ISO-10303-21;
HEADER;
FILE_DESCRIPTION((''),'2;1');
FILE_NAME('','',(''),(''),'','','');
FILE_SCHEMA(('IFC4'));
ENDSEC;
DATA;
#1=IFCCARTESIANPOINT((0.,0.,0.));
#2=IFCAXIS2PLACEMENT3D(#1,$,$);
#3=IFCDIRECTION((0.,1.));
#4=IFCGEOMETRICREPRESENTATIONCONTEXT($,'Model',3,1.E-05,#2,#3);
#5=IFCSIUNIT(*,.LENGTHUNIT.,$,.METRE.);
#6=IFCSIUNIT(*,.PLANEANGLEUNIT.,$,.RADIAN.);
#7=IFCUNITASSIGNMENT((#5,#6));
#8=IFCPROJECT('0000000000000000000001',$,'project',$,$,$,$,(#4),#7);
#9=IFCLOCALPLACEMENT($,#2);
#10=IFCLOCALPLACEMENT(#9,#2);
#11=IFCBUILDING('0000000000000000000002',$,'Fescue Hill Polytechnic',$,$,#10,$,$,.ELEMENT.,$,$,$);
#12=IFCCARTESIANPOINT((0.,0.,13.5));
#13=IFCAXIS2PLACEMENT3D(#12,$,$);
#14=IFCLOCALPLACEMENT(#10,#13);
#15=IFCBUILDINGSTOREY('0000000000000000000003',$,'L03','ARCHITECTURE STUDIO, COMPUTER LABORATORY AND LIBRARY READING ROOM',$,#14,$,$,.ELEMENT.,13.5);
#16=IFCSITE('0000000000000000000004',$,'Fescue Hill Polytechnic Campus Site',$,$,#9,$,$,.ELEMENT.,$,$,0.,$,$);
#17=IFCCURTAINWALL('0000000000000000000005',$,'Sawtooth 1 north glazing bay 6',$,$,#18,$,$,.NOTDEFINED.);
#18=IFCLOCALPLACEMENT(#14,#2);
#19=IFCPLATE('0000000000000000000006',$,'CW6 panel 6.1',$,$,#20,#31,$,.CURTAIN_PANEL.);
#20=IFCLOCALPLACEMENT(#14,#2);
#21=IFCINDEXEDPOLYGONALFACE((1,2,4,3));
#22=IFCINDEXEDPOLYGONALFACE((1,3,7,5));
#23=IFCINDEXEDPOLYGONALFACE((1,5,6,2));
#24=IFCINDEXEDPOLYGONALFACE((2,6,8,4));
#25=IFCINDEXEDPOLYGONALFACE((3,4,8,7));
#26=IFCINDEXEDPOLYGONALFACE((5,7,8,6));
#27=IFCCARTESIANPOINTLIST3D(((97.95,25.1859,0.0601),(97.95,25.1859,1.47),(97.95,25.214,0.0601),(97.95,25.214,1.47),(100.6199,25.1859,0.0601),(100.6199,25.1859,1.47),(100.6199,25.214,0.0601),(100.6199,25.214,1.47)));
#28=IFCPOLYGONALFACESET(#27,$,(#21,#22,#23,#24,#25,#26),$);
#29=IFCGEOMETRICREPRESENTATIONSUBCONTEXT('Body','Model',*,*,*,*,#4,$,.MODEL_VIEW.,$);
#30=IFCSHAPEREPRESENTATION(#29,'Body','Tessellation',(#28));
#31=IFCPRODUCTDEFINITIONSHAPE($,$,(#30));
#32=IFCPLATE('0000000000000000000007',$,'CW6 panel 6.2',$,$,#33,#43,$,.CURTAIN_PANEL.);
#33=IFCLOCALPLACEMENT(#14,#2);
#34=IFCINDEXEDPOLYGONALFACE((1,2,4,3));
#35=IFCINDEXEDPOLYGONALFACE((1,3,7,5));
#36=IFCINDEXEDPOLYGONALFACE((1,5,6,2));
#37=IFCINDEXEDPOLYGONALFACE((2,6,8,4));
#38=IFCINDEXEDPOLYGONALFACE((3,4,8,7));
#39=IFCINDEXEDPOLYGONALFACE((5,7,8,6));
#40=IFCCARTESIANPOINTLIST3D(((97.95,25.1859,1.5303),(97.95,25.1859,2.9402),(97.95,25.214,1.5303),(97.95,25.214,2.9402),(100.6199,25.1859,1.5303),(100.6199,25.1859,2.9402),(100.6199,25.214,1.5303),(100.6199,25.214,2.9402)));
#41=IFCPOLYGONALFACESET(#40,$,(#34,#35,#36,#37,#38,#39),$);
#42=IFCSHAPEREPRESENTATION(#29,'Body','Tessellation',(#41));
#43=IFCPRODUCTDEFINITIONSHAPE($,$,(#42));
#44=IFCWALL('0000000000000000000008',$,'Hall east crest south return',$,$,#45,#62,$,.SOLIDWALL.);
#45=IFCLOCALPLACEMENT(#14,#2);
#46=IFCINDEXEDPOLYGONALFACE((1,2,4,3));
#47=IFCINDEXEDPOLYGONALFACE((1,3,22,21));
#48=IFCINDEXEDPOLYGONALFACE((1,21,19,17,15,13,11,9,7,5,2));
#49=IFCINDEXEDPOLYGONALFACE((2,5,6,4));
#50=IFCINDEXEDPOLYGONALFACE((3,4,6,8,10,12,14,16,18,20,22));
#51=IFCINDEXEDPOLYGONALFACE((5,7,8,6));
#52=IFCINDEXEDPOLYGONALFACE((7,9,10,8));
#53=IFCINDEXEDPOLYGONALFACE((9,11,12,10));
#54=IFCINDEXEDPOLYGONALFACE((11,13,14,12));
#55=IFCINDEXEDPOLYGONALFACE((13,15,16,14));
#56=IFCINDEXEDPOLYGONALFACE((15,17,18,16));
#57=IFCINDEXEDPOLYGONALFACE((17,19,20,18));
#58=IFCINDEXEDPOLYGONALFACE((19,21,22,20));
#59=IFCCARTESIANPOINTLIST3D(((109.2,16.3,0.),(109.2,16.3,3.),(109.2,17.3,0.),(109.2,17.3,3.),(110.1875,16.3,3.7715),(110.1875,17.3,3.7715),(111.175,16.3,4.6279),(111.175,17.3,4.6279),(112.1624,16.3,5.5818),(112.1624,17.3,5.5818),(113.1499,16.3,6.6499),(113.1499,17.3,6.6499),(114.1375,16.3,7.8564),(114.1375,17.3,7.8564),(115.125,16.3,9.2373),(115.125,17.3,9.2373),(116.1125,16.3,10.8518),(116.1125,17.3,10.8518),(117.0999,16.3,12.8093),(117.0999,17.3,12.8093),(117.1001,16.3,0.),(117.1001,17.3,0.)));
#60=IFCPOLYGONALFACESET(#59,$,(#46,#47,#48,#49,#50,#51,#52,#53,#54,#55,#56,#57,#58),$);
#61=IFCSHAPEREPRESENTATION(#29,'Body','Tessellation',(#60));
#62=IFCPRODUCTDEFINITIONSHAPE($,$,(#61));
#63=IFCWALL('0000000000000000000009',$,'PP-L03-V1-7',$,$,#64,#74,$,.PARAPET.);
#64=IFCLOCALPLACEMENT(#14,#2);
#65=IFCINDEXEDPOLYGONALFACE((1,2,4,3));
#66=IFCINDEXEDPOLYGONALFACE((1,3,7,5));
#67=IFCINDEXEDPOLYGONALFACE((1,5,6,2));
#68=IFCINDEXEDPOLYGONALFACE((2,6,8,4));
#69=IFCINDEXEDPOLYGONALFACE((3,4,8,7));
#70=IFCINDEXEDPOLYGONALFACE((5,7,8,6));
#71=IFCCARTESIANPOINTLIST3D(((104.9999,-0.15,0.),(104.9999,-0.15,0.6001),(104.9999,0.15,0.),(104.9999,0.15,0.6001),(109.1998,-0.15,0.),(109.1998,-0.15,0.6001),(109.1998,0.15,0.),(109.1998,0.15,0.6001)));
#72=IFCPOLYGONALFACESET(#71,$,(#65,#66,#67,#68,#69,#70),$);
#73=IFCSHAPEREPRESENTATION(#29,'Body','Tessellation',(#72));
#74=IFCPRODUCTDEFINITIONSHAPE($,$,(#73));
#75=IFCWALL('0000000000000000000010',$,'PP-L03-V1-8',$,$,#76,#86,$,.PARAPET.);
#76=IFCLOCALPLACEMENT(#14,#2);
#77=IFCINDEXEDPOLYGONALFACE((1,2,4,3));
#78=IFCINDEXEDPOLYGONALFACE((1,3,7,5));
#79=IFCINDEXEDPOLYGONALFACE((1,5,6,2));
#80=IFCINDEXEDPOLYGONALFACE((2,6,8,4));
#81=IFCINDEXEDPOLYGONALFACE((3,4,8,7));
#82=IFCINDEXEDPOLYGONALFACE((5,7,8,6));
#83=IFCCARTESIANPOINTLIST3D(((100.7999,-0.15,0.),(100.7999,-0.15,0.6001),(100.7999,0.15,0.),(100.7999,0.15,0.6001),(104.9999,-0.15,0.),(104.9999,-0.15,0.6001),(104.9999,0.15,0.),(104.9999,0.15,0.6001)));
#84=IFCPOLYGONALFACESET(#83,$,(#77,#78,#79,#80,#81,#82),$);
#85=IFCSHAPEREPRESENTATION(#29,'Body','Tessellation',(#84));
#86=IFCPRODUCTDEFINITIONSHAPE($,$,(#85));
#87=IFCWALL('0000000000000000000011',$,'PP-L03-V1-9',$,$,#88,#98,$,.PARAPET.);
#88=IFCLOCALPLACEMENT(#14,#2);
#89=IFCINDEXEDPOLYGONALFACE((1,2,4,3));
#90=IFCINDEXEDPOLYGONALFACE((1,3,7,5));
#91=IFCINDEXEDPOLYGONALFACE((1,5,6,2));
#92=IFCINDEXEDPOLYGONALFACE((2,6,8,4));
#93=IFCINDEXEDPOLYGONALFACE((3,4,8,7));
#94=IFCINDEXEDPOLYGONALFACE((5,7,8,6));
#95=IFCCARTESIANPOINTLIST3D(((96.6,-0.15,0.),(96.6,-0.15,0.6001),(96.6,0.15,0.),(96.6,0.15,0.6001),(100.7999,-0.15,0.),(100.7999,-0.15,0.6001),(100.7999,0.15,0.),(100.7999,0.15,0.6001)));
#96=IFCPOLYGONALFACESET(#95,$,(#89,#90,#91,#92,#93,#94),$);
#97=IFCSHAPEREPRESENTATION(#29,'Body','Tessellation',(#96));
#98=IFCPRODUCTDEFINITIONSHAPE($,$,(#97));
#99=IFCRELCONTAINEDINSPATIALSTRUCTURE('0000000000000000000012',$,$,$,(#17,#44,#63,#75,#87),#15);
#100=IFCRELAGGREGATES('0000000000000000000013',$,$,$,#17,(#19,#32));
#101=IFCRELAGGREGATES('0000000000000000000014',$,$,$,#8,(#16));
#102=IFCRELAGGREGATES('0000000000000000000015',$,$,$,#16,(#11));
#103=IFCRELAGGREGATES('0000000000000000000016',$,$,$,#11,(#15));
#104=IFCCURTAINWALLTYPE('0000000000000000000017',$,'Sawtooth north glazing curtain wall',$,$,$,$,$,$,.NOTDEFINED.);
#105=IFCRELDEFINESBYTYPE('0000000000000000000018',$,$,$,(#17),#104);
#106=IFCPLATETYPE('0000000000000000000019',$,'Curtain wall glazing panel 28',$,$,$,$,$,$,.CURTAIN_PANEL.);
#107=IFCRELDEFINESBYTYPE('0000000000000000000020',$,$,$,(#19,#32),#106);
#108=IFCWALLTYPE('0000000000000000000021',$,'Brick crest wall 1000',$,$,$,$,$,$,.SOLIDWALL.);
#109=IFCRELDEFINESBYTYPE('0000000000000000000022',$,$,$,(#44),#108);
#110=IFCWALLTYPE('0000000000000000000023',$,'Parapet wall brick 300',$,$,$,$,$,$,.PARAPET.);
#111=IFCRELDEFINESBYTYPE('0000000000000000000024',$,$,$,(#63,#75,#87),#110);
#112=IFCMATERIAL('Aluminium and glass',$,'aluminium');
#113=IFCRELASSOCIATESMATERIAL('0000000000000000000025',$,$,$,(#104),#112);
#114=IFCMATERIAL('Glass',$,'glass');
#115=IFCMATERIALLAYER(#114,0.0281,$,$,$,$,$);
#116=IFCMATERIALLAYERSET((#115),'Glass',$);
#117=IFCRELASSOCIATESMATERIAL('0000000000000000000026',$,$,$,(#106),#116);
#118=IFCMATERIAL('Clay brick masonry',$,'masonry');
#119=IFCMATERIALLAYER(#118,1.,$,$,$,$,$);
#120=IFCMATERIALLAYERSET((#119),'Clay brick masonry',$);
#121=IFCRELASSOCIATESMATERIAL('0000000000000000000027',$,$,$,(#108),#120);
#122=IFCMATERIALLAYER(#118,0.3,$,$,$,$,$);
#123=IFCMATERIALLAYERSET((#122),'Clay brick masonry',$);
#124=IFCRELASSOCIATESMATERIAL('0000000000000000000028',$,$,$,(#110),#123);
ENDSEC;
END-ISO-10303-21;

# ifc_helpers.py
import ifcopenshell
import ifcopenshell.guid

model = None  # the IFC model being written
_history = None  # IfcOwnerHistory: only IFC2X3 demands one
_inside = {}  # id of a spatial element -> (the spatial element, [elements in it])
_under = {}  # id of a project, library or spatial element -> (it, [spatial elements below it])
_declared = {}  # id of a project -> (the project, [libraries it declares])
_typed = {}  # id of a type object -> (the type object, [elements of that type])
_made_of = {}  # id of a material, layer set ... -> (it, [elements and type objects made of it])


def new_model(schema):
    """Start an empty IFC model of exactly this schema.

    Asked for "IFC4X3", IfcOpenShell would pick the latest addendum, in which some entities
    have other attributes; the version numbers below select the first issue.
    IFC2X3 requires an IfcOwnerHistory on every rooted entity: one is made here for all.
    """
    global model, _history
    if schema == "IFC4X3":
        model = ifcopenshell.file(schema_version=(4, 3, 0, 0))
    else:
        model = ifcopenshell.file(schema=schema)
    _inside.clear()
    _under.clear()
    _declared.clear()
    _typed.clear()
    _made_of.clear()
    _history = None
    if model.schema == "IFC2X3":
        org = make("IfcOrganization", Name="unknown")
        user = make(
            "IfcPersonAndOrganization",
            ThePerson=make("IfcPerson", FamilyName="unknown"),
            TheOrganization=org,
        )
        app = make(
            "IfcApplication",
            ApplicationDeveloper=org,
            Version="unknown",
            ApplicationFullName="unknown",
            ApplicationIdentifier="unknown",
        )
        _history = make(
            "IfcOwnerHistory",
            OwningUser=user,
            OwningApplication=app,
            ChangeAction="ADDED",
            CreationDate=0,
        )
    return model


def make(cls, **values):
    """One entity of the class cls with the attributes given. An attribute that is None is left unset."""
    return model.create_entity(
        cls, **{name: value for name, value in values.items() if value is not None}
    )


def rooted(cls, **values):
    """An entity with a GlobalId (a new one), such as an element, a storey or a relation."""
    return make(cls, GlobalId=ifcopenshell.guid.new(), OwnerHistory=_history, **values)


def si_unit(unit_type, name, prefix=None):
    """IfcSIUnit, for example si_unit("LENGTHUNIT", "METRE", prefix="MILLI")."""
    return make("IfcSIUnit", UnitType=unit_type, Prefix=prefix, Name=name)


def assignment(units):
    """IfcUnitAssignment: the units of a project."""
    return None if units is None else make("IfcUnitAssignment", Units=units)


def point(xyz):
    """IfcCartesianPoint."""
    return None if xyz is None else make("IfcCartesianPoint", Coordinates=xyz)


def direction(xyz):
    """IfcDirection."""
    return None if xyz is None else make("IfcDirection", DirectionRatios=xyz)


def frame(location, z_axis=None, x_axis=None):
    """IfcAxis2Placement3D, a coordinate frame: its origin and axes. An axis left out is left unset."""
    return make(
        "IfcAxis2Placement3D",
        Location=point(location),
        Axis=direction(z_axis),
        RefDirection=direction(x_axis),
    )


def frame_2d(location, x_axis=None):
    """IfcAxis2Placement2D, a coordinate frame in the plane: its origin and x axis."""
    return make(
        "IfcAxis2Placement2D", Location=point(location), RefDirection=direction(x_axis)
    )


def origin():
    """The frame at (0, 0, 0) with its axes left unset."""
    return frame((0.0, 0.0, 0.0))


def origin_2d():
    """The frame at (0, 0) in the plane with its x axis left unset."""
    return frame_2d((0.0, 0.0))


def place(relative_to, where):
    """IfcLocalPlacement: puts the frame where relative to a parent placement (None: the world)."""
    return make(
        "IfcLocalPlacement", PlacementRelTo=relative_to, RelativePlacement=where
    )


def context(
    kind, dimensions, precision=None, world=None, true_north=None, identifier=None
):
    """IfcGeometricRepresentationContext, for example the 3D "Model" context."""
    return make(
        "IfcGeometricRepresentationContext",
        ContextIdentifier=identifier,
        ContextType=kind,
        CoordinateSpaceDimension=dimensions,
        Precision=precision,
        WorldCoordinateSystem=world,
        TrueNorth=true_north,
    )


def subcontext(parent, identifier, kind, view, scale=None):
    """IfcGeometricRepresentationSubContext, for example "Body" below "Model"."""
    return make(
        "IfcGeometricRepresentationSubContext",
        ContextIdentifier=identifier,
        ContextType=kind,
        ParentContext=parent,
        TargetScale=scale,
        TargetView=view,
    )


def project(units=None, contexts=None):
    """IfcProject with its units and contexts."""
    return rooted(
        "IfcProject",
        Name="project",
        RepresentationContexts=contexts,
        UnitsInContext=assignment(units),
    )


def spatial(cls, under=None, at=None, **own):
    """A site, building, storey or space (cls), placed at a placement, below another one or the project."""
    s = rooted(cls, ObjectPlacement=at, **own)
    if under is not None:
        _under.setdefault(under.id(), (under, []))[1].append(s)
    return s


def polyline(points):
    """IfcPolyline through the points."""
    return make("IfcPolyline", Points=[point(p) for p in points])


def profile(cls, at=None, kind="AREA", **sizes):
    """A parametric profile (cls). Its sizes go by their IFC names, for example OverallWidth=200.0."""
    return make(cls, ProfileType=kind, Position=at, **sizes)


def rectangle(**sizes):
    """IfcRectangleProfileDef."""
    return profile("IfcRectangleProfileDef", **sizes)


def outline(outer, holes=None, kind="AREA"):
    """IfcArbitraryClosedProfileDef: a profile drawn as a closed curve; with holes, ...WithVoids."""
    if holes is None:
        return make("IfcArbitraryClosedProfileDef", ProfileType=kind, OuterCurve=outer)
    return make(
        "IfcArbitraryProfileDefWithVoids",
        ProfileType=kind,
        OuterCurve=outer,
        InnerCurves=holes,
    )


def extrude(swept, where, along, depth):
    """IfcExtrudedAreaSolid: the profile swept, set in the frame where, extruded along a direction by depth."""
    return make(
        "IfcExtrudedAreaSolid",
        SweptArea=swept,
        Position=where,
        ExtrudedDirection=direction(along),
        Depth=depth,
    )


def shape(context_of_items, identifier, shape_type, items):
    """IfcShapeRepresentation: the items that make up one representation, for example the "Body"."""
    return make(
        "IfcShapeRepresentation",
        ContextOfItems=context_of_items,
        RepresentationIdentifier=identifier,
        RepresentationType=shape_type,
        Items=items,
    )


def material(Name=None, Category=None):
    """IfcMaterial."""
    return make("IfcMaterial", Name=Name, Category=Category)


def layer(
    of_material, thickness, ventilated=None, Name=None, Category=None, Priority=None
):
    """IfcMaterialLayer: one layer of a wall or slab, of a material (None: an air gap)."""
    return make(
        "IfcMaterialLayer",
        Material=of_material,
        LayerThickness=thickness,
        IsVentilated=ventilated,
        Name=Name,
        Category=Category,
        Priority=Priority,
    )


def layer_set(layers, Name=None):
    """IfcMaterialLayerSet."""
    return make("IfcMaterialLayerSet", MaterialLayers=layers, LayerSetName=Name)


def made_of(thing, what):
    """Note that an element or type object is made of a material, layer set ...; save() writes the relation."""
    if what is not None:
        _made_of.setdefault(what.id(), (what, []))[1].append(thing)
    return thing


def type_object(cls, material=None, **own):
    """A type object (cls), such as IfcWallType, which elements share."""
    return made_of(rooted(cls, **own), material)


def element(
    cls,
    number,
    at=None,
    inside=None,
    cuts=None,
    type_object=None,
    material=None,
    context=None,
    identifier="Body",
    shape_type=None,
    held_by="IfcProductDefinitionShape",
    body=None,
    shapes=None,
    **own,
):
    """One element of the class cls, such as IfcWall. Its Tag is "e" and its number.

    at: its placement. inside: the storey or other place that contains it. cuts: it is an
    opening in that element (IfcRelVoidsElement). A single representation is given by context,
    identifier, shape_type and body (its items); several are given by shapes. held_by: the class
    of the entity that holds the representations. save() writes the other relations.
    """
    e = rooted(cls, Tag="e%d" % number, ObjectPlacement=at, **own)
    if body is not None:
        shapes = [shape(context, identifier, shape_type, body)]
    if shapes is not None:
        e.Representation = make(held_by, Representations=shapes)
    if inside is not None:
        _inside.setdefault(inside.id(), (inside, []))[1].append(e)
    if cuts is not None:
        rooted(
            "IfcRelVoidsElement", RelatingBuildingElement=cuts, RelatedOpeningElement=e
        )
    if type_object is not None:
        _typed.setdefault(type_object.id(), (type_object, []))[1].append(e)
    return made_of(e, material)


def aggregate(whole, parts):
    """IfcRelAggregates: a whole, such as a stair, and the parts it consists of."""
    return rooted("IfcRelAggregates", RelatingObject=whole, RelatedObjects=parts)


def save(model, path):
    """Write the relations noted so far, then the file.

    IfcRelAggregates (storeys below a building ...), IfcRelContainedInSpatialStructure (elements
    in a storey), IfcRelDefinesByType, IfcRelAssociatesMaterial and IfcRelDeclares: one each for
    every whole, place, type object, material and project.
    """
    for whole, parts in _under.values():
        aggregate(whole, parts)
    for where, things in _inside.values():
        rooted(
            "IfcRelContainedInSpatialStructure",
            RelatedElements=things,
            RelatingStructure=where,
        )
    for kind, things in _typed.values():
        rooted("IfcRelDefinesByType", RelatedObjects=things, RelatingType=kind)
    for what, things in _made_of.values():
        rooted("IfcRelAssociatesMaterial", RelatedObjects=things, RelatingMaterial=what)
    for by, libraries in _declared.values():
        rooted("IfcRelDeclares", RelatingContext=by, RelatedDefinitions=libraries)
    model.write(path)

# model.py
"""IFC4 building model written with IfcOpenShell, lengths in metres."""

from ifc_helpers import new_model, si_unit, direction, frame, frame_2d, origin, origin_2d, place, context, subcontext, project, spatial, polyline, rectangle, outline, extrude, material, layer, layer_set, type_object, element, aggregate, save


model = new_model("IFC4")

# Units and contexts
model_context = context("Model", 3, precision=1e-05, world=origin(), true_north=direction((0.0, 1.0)))
body_context = subcontext(model_context, "Body", "Model", "MODEL_VIEW")
ifc_project = project(units=[si_unit("LENGTHUNIT", "METRE"), si_unit("PLANEANGLEUNIT", "RADIAN")], contexts=[model_context])

# Site, building, storey
site_placement = place(None, origin())
site = spatial("IfcSite", under=ifc_project, at=site_placement, Name="Fescue Hill Polytechnic Campus Site", CompositionType="ELEMENT", RefElevation=0.0)
building_placement = place(site_placement, origin())
building = spatial("IfcBuilding", under=site, at=building_placement, Name="Fescue Hill Polytechnic", CompositionType="ELEMENT")
storey_placement = place(building_placement, frame((0.0, 0.0, 13.5)))
storey = spatial("IfcBuildingStorey", under=building, at=storey_placement, Name="L03", Description="ARCHITECTURE STUDIO, COMPUTER LABORATORY AND LIBRARY READING ROOM", CompositionType="ELEMENT", Elevation=13.5)

# Curtain wall
ifc_material_1 = material(Name="Aluminium and glass", Category="aluminium")
curtain_wall_type = type_object("IfcCurtainWallType", Name="Sawtooth north glazing curtain wall", PredefinedType="NOTDEFINED", material=ifc_material_1)
curtain_wall_1_placement = place(storey_placement, origin())
curtain_wall_1 = element("IfcCurtainWall", 1, at=curtain_wall_1_placement, inside=storey, type_object=curtain_wall_type, Name="Sawtooth 1 north glazing bay 6", PredefinedType="NOTDEFINED")

# Plates
ifc_material_2 = material(Name="Glass", Category="glass")
ifc_layer_1 = layer(ifc_material_2, 0.0281)
ifc_layer_set_1 = layer_set([ifc_layer_1], Name="Glass")
plate_type = type_object("IfcPlateType", Name="Curtain wall glazing panel 28", PredefinedType="CURTAIN_PANEL", material=ifc_layer_set_1)
plate_1_placement = place(storey_placement, frame((99.2849, 25.2, 0.0601), z_axis=(0.0, 0.0, 1.0), x_axis=(1.0, 0.0, 0.0)))
plate_1 = element("IfcPlate", 2, at=plate_1_placement, type_object=plate_type, Name="CW6 panel 6.1", PredefinedType="CURTAIN_PANEL", context=body_context, shape_type="SweptSolid", body=[
    extrude(rectangle(XDim=2.6699, YDim=0.0281, at=origin_2d()), origin(), (0.0, 0.0, 1.0), 1.4099),
])
plate_2_placement = place(storey_placement, frame((99.2849, 25.2, 1.5303), z_axis=(0.0, 0.0, 1.0), x_axis=(1.0, 0.0, 0.0)))
plate_2 = element("IfcPlate", 3, at=plate_2_placement, type_object=plate_type, Name="CW6 panel 6.2", PredefinedType="CURTAIN_PANEL", context=body_context, shape_type="SweptSolid", body=[
    extrude(rectangle(XDim=2.6699, YDim=0.0281, at=origin_2d()), origin(), (0.0, 0.0, 1.0), 1.4099),
])
aggregate(curtain_wall_1, [plate_1, plate_2])

# Walls
ifc_material_3 = material(Name="Clay brick masonry", Category="masonry")
ifc_layer_2 = layer(ifc_material_3, 1.0)
ifc_layer_set_2 = layer_set([ifc_layer_2], Name="Clay brick masonry")
wall_type_1 = type_object("IfcWallType", Name="Brick crest wall 1000", PredefinedType="SOLIDWALL", material=ifc_layer_set_2)
wall_placement = place(storey_placement, frame((109.2, 16.8, 0.0), z_axis=(0.0, 0.0, 1.0), x_axis=(1.0, 0.0, 0.0)))
element("IfcWall", 4, at=wall_placement, inside=storey, type_object=wall_type_1, Name="Hall east crest south return", PredefinedType="SOLIDWALL", context=body_context, shape_type="SweptSolid", body=[
    extrude(outline(polyline([(0.0, 0.0), (7.9001, 0.0), (7.8999, 12.8093), (6.9126, 10.8518), (5.925, 9.2373), (4.9375, 7.8564), (3.95, 6.6499), (2.9624, 5.5818), (1.9751, 4.6279), (0.9875, 3.7715), (0.0, 3.0), (0.0, 0.0)])), frame((0.0, 0.5, 0.0), z_axis=(0.0, -1.0, 0.0), x_axis=(1.0, 0.0, 0.0)), (0.0, 0.0, 1.0), 1.0),
])
ifc_layer_3 = layer(ifc_material_3, 0.3)
ifc_layer_set_3 = layer_set([ifc_layer_3], Name="Clay brick masonry")
wall_type_2 = type_object("IfcWallType", Name="Parapet wall brick 300", PredefinedType="PARAPET", material=ifc_layer_set_3)
for number, where, z_axis, x_axis, name in (
    (5, (109.2, 0.0, 0.0), (0.0, 0.0, 1.0), (-1.0, 0.0, 0.0), "PP-L03-V1-7"),
    (6, (105.0, 0.0, 0.0), (0.0, 0.0, 1.0), (-1.0, 0.0, 0.0), "PP-L03-V1-8"),
    (7, (100.8, 0.0, 0.0), (0.0, 0.0, 1.0), (-1.0, 0.0, 0.0), "PP-L03-V1-9"),
):
    element("IfcWall", number, at=place(storey_placement, frame(where, z_axis=z_axis, x_axis=x_axis)), inside=storey, type_object=wall_type_2, Name=name, PredefinedType="PARAPET", context=body_context, shape_type="SweptSolid", body=[
        extrude(rectangle(XDim=4.2, YDim=0.3, at=frame_2d((2.1001, 0.0))), origin(), (0.0, 0.0, 1.0), 0.6001),
    ])

save(model, "model.ifc")
